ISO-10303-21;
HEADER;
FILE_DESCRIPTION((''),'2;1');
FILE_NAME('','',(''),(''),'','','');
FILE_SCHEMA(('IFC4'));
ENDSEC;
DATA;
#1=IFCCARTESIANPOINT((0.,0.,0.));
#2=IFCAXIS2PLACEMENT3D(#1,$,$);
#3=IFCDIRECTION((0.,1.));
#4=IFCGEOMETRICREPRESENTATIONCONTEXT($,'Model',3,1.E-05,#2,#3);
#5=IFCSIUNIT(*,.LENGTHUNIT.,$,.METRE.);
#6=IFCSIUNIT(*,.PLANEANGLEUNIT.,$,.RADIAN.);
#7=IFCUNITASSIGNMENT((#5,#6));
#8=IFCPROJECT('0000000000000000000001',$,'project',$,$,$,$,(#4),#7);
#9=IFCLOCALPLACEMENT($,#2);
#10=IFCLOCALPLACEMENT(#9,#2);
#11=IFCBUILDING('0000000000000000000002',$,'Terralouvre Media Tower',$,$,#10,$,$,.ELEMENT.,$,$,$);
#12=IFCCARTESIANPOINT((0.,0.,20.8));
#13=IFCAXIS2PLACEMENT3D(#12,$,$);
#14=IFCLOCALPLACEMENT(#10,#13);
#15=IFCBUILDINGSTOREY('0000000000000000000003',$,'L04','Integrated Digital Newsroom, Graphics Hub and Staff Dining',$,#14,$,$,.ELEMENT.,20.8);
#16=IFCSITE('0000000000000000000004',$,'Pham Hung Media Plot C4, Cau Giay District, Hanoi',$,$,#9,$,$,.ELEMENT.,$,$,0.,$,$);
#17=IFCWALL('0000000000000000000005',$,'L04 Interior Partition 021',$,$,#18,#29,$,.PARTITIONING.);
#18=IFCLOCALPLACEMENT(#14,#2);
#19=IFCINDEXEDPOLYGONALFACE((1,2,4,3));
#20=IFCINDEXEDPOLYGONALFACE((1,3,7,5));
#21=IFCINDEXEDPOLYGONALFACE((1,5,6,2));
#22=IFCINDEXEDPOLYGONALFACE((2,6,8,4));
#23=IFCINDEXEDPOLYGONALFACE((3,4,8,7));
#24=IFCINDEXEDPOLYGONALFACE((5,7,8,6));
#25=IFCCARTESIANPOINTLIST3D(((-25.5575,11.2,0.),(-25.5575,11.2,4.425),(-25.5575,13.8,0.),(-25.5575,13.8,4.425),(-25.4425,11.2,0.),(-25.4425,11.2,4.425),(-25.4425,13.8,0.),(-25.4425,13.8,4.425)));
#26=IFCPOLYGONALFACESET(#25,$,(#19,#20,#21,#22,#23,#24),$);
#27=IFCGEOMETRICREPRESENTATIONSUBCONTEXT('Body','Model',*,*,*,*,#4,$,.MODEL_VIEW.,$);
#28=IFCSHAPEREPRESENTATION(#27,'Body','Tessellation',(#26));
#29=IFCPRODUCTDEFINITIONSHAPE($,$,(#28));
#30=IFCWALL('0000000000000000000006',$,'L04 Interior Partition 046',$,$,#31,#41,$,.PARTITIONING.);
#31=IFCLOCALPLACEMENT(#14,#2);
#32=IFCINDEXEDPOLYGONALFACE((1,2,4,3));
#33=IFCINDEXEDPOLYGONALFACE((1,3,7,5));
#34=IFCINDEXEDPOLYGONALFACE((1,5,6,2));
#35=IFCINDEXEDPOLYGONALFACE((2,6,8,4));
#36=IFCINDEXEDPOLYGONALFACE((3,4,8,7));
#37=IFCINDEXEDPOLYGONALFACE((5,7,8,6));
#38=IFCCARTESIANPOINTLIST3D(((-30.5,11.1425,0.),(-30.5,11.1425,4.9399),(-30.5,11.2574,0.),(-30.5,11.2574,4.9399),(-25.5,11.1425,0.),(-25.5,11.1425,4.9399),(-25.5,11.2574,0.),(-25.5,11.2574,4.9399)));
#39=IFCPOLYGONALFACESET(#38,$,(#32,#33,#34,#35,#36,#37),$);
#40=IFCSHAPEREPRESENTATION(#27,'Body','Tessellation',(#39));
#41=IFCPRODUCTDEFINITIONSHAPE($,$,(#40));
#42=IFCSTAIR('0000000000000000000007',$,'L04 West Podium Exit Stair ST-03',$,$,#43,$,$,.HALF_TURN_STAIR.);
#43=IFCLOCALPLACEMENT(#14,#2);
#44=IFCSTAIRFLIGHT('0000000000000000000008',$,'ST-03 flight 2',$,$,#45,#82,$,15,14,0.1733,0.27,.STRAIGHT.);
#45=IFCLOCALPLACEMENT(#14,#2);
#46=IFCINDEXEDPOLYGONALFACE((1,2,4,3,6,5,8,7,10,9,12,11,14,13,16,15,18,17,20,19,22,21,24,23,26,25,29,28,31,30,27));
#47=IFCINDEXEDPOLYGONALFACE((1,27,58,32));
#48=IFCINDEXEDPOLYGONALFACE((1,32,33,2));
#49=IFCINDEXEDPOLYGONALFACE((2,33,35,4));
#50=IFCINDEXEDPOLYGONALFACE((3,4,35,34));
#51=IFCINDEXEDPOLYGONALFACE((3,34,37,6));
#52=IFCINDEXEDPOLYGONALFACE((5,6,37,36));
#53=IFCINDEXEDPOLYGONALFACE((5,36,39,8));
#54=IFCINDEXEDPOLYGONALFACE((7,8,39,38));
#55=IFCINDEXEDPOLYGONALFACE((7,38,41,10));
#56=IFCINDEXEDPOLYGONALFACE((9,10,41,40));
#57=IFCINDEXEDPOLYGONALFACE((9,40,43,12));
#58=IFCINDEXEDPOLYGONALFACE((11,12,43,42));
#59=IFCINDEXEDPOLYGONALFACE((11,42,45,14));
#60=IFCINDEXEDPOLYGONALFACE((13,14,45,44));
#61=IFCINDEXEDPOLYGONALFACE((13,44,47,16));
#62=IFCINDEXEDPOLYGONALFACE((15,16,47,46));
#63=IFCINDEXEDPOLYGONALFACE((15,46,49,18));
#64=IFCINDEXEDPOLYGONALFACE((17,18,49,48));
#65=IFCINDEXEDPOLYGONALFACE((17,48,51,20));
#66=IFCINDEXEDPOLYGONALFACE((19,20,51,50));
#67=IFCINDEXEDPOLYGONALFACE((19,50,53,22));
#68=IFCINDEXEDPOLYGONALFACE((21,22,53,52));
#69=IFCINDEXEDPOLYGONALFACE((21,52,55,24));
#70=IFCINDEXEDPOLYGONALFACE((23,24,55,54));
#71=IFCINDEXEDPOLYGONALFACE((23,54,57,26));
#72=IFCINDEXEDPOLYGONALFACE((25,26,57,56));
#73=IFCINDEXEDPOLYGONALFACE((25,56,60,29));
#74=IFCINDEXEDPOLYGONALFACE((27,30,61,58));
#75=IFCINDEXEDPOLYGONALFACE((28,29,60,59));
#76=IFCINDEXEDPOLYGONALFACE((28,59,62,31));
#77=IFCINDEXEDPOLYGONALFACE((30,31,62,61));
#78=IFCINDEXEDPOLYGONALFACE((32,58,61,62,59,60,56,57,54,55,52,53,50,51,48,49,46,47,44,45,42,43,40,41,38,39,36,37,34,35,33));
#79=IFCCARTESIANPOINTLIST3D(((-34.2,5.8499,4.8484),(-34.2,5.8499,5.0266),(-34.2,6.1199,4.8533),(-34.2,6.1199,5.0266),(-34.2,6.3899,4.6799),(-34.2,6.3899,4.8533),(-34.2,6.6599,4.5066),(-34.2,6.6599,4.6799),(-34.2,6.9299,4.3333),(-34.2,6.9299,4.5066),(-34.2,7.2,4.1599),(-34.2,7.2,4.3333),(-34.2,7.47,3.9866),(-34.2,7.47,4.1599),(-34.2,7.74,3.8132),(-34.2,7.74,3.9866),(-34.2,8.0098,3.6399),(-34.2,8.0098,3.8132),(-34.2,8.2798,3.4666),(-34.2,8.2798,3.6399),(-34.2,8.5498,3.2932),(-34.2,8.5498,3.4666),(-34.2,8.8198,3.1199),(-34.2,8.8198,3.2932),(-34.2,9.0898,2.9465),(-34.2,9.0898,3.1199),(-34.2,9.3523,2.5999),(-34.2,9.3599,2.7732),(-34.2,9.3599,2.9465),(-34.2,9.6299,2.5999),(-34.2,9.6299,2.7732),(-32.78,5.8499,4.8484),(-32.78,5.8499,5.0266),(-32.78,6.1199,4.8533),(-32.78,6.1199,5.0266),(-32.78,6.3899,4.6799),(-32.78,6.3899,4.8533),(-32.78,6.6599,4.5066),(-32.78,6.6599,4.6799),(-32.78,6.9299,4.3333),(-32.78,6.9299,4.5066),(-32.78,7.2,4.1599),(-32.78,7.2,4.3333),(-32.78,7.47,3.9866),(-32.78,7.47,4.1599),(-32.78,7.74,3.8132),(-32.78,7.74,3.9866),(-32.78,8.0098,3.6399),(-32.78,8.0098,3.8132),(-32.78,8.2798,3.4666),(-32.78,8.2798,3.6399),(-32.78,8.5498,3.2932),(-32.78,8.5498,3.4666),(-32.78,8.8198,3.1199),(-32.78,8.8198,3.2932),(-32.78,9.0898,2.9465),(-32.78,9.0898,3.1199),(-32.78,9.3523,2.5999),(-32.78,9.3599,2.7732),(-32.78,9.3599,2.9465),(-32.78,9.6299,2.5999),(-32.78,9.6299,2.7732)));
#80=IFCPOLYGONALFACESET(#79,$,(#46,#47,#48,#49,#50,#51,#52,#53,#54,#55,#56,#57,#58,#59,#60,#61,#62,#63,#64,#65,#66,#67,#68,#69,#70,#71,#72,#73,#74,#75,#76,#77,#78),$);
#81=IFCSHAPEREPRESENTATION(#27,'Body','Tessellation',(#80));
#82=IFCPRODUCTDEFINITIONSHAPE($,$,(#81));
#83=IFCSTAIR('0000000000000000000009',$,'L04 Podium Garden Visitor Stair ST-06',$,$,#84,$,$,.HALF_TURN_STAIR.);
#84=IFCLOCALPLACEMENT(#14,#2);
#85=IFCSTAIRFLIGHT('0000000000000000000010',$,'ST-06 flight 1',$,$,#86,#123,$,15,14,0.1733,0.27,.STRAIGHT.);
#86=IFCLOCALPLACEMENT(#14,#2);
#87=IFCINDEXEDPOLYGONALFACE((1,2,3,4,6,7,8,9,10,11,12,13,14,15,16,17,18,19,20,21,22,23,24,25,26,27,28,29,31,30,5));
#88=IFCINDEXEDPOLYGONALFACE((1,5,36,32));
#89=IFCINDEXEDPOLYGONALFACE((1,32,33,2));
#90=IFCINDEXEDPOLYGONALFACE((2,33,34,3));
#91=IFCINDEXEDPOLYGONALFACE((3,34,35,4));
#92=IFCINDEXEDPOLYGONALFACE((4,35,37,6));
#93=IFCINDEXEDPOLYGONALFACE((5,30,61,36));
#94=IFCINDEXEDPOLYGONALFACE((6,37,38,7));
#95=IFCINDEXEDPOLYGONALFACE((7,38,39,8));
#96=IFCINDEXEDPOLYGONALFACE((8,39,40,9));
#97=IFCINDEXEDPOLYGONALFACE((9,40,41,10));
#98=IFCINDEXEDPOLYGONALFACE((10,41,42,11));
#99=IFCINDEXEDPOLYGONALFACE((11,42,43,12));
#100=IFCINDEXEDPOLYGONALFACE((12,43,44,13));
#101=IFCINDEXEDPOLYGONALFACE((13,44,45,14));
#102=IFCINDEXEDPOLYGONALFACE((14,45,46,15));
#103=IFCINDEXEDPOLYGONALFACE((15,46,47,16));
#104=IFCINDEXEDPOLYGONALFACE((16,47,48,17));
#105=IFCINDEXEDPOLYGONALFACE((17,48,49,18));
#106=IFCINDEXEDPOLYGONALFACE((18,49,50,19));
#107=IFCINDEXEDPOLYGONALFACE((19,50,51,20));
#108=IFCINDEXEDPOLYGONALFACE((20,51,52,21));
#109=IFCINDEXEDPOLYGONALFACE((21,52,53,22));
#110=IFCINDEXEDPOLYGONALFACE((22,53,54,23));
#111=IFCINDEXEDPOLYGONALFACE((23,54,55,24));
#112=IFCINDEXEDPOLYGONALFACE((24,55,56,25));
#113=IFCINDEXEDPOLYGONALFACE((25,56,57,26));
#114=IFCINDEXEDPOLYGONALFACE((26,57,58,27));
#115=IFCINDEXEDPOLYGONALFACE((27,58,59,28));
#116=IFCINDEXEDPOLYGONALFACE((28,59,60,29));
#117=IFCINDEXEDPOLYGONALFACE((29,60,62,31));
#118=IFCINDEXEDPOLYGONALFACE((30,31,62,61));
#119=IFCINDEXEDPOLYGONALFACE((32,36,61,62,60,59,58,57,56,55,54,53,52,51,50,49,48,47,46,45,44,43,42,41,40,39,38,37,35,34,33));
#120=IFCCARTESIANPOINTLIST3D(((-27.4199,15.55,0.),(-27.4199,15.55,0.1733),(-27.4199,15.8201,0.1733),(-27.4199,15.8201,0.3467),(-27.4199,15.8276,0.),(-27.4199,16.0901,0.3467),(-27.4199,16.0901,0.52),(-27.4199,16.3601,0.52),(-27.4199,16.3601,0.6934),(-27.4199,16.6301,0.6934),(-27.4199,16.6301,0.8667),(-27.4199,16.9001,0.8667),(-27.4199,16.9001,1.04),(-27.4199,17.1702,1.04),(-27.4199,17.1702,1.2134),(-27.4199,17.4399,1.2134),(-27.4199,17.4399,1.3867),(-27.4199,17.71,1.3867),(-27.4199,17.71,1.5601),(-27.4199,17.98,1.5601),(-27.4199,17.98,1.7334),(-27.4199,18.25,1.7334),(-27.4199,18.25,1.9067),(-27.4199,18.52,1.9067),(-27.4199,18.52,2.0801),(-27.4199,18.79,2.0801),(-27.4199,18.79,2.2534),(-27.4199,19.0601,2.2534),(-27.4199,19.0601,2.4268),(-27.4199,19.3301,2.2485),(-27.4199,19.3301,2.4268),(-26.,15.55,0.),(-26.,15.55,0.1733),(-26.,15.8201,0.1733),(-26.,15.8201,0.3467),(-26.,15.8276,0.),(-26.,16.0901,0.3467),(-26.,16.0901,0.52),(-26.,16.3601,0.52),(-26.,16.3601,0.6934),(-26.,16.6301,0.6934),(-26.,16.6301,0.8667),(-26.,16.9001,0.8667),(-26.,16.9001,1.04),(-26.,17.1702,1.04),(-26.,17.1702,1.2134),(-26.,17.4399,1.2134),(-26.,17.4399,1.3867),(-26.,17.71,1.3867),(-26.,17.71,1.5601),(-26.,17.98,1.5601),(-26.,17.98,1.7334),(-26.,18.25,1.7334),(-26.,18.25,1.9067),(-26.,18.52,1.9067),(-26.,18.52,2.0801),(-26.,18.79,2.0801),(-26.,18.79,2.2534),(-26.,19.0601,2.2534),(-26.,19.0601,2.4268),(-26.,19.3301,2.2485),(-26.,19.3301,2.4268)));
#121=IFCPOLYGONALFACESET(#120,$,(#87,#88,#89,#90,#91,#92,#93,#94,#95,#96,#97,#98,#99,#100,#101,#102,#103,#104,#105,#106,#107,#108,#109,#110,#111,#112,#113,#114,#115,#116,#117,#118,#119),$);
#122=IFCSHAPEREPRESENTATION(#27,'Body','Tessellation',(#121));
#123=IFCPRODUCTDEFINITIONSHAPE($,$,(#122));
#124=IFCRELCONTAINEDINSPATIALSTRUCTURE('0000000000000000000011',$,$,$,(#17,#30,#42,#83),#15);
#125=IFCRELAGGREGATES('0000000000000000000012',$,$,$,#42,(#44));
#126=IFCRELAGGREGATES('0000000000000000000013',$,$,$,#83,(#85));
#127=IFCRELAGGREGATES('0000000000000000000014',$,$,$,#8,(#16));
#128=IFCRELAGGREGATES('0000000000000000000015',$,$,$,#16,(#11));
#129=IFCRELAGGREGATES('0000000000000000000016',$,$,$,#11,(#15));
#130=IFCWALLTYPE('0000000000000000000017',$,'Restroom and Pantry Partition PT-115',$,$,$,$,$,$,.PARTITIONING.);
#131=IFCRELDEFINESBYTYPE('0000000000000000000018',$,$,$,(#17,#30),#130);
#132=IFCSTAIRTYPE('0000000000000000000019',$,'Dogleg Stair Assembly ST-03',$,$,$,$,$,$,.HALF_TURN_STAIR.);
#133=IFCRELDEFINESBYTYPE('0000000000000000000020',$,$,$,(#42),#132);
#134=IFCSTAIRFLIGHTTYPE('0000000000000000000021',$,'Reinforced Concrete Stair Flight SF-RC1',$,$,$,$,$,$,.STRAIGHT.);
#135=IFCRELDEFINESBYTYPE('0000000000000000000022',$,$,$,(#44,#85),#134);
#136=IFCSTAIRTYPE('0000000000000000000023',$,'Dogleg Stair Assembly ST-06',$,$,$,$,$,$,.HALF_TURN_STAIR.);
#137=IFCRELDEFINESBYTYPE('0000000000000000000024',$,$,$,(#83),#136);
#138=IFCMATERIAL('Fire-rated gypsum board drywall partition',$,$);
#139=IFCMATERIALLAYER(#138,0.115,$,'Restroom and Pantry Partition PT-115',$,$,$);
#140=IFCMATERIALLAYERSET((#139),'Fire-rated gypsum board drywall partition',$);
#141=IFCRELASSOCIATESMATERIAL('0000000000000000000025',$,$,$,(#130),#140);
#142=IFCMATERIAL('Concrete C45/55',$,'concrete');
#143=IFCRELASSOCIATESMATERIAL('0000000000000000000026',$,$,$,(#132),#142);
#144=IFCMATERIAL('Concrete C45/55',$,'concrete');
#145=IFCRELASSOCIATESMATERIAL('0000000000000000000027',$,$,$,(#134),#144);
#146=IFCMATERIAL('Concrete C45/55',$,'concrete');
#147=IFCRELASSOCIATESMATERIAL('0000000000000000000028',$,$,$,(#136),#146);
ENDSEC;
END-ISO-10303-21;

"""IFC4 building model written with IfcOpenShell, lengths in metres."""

from ifc_helpers import new_model, si_unit, direction, frame, frame_2d, origin, place, context, subcontext, project, spatial, polyline, rectangle, outline, extrude, material, layer, layer_set, type_object, element, aggregate, save


model = new_model("IFC4")

# Units and contexts
model_context = context("Model", 3, precision=1e-05, world=origin(), true_north=direction((0.0, 1.0)))
body_context = subcontext(model_context, "Body", "Model", "MODEL_VIEW")
ifc_project = project(units=[si_unit("LENGTHUNIT", "METRE"), si_unit("PLANEANGLEUNIT", "RADIAN")], contexts=[model_context])

# Site, building, storey
site_placement = place(None, origin())
site = spatial("IfcSite", under=ifc_project, at=site_placement, Name="Pham Hung Media Plot C4, Cau Giay District, Hanoi", CompositionType="ELEMENT", RefElevation=0.0)
building_placement = place(site_placement, origin())
building = spatial("IfcBuilding", under=site, at=building_placement, Name="Terralouvre Media Tower", CompositionType="ELEMENT")
storey_placement = place(building_placement, frame((0.0, 0.0, 20.8)))
storey = spatial("IfcBuildingStorey", under=building, at=storey_placement, Name="L04", Description="Integrated Digital Newsroom, Graphics Hub and Staff Dining", CompositionType="ELEMENT", Elevation=20.8)

# Walls
ifc_material_1 = material(Name="Fire-rated gypsum board drywall partition")
ifc_layer_1 = layer(ifc_material_1, 0.115, Name="Restroom and Pantry Partition PT-115")
ifc_layer_set_1 = layer_set([ifc_layer_1], Name="Fire-rated gypsum board drywall partition")
wall_type_1 = type_object("IfcWallType", Name="Restroom and Pantry Partition PT-115", PredefinedType="PARTITIONING", material=ifc_layer_set_1)
wall_1_placement = place(storey_placement, frame((-25.5, 13.8, 0.0), z_axis=(0.0, 0.0, 1.0), x_axis=(0.0, -1.0, 0.0)))
element("IfcWall", 1, at=wall_1_placement, inside=storey, type_object=wall_type_1, Name="L04 Interior Partition 021", PredefinedType="PARTITIONING", context=body_context, shape_type="SweptSolid", body=[
    extrude(rectangle(XDim=2.6001, YDim=0.115, at=frame_2d((1.3, 0.0))), origin(), (0.0, 0.0, 1.0), 4.425),
])
wall_2_placement = place(storey_placement, frame((-30.5, 11.2, 0.0), z_axis=(0.0, 0.0, 1.0), x_axis=(1.0, 0.0, 0.0)))
element("IfcWall", 2, at=wall_2_placement, inside=storey, type_object=wall_type_1, Name="L04 Interior Partition 046", PredefinedType="PARTITIONING", context=body_context, shape_type="SweptSolid", body=[
    extrude(rectangle(XDim=5.0, YDim=0.115, at=frame_2d((2.5, 0.0))), origin(), (0.0, 0.0, 1.0), 4.9399),
])

# Stairs, stair flights
ifc_material_2 = material(Name="Concrete C45/55", Category="concrete")
stair_type_1 = type_object("IfcStairType", Name="Dogleg Stair Assembly ST-03", PredefinedType="HALF_TURN_STAIR", material=ifc_material_2)
stair_1_placement = place(storey_placement, origin())
stair_1 = element("IfcStair", 3, at=stair_1_placement, inside=storey, type_object=stair_type_1, Name="L04 West Podium Exit Stair ST-03", PredefinedType="HALF_TURN_STAIR")
ifc_material_3 = material(Name="Concrete C45/55", Category="concrete")
stair_flight_type = type_object("IfcStairFlightType", Name="Reinforced Concrete Stair Flight SF-RC1", PredefinedType="STRAIGHT", material=ifc_material_3)
stair_flight_1_placement = place(storey_placement, frame((-33.49, 9.6299, 2.5999), z_axis=(0.0, 0.0, 1.0), x_axis=(0.0, -1.0, 0.0)))
stair_flight_1 = element("IfcStairFlight", 4, at=stair_flight_1_placement, type_object=stair_flight_type, Name="ST-03 flight 2", NumberOfRisers=15, NumberOfTreads=14, PredefinedType="STRAIGHT", RiserHeight=0.1733, TreadLength=0.27, context=body_context, shape_type="SweptSolid", body=[
    extrude(outline(polyline([(0.0, 0.0), (0.0, 0.1733), (0.27, 0.1733), (0.27, 0.3467), (0.54, 0.3467), (0.54, 0.52), (0.8101, 0.52), (0.8101, 0.6934), (1.0801, 0.6934), (1.0801, 0.8667), (1.3501, 0.8667), (1.3501, 1.04), (1.6201, 1.04), (1.6201, 1.2134), (1.8899, 1.2134), (1.8899, 1.3867), (2.1599, 1.3867), (2.1599, 1.5601), (2.4299, 1.5601), (2.4299, 1.7334), (2.7, 1.7334), (2.7, 1.9067), (2.97, 1.9067), (2.97, 2.0801), (3.24, 2.0801), (3.24, 2.2534), (3.51, 2.2534), (3.51, 2.4268), (3.78, 2.4268), (3.78, 2.6001), (3.78, 2.2485), (0.2776, 0.0), (0.0, 0.0)])), frame((0.0, 0.71, 0.0), z_axis=(0.0, -1.0, 0.0), x_axis=(1.0, 0.0, 0.0)), (0.0, 0.0, 1.0), 1.4199),
])
aggregate(stair_1, [stair_flight_1])
ifc_material_4 = material(Name="Concrete C45/55", Category="concrete")
stair_type_2 = type_object("IfcStairType", Name="Dogleg Stair Assembly ST-06", PredefinedType="HALF_TURN_STAIR", material=ifc_material_4)
stair_2_placement = place(storey_placement, origin())
stair_2 = element("IfcStair", 5, at=stair_2_placement, inside=storey, type_object=stair_type_2, Name="L04 Podium Garden Visitor Stair ST-06", PredefinedType="HALF_TURN_STAIR")
stair_flight_2_placement = place(storey_placement, frame((-26.71, 15.55, 0.0), z_axis=(0.0, 0.0, 1.0), x_axis=(0.0, 1.0, 0.0)))
stair_flight_2 = element("IfcStairFlight", 6, at=stair_flight_2_placement, type_object=stair_flight_type, Name="ST-06 flight 1", NumberOfRisers=15, NumberOfTreads=14, PredefinedType="STRAIGHT", RiserHeight=0.1733, TreadLength=0.27, context=body_context, shape_type="SweptSolid", body=[
    extrude(outline(polyline([(0.0, 0.0), (0.0, 0.1733), (0.27, 0.1733), (0.27, 0.3467), (0.54, 0.3467), (0.54, 0.52), (0.8101, 0.52), (0.8101, 0.6934), (1.0801, 0.6934), (1.0801, 0.8667), (1.3501, 0.8667), (1.3501, 1.04), (1.6201, 1.04), (1.6201, 1.2134), (1.8899, 1.2134), (1.8899, 1.3867), (2.1599, 1.3867), (2.1599, 1.5601), (2.4299, 1.5601), (2.4299, 1.7334), (2.7, 1.7334), (2.7, 1.9067), (2.97, 1.9067), (2.97, 2.0801), (3.24, 2.0801), (3.24, 2.2534), (3.51, 2.2534), (3.51, 2.4268), (3.78, 2.4268), (3.78, 2.6001), (3.78, 2.2485), (0.2776, 0.0), (0.0, 0.0)])), frame((0.0, 0.71, 0.0), z_axis=(0.0, -1.0, 0.0), x_axis=(1.0, 0.0, 0.0)), (0.0, 0.0, 1.0), 1.4199),
])
aggregate(stair_2, [stair_flight_2])

save(model, "model.ifc")
